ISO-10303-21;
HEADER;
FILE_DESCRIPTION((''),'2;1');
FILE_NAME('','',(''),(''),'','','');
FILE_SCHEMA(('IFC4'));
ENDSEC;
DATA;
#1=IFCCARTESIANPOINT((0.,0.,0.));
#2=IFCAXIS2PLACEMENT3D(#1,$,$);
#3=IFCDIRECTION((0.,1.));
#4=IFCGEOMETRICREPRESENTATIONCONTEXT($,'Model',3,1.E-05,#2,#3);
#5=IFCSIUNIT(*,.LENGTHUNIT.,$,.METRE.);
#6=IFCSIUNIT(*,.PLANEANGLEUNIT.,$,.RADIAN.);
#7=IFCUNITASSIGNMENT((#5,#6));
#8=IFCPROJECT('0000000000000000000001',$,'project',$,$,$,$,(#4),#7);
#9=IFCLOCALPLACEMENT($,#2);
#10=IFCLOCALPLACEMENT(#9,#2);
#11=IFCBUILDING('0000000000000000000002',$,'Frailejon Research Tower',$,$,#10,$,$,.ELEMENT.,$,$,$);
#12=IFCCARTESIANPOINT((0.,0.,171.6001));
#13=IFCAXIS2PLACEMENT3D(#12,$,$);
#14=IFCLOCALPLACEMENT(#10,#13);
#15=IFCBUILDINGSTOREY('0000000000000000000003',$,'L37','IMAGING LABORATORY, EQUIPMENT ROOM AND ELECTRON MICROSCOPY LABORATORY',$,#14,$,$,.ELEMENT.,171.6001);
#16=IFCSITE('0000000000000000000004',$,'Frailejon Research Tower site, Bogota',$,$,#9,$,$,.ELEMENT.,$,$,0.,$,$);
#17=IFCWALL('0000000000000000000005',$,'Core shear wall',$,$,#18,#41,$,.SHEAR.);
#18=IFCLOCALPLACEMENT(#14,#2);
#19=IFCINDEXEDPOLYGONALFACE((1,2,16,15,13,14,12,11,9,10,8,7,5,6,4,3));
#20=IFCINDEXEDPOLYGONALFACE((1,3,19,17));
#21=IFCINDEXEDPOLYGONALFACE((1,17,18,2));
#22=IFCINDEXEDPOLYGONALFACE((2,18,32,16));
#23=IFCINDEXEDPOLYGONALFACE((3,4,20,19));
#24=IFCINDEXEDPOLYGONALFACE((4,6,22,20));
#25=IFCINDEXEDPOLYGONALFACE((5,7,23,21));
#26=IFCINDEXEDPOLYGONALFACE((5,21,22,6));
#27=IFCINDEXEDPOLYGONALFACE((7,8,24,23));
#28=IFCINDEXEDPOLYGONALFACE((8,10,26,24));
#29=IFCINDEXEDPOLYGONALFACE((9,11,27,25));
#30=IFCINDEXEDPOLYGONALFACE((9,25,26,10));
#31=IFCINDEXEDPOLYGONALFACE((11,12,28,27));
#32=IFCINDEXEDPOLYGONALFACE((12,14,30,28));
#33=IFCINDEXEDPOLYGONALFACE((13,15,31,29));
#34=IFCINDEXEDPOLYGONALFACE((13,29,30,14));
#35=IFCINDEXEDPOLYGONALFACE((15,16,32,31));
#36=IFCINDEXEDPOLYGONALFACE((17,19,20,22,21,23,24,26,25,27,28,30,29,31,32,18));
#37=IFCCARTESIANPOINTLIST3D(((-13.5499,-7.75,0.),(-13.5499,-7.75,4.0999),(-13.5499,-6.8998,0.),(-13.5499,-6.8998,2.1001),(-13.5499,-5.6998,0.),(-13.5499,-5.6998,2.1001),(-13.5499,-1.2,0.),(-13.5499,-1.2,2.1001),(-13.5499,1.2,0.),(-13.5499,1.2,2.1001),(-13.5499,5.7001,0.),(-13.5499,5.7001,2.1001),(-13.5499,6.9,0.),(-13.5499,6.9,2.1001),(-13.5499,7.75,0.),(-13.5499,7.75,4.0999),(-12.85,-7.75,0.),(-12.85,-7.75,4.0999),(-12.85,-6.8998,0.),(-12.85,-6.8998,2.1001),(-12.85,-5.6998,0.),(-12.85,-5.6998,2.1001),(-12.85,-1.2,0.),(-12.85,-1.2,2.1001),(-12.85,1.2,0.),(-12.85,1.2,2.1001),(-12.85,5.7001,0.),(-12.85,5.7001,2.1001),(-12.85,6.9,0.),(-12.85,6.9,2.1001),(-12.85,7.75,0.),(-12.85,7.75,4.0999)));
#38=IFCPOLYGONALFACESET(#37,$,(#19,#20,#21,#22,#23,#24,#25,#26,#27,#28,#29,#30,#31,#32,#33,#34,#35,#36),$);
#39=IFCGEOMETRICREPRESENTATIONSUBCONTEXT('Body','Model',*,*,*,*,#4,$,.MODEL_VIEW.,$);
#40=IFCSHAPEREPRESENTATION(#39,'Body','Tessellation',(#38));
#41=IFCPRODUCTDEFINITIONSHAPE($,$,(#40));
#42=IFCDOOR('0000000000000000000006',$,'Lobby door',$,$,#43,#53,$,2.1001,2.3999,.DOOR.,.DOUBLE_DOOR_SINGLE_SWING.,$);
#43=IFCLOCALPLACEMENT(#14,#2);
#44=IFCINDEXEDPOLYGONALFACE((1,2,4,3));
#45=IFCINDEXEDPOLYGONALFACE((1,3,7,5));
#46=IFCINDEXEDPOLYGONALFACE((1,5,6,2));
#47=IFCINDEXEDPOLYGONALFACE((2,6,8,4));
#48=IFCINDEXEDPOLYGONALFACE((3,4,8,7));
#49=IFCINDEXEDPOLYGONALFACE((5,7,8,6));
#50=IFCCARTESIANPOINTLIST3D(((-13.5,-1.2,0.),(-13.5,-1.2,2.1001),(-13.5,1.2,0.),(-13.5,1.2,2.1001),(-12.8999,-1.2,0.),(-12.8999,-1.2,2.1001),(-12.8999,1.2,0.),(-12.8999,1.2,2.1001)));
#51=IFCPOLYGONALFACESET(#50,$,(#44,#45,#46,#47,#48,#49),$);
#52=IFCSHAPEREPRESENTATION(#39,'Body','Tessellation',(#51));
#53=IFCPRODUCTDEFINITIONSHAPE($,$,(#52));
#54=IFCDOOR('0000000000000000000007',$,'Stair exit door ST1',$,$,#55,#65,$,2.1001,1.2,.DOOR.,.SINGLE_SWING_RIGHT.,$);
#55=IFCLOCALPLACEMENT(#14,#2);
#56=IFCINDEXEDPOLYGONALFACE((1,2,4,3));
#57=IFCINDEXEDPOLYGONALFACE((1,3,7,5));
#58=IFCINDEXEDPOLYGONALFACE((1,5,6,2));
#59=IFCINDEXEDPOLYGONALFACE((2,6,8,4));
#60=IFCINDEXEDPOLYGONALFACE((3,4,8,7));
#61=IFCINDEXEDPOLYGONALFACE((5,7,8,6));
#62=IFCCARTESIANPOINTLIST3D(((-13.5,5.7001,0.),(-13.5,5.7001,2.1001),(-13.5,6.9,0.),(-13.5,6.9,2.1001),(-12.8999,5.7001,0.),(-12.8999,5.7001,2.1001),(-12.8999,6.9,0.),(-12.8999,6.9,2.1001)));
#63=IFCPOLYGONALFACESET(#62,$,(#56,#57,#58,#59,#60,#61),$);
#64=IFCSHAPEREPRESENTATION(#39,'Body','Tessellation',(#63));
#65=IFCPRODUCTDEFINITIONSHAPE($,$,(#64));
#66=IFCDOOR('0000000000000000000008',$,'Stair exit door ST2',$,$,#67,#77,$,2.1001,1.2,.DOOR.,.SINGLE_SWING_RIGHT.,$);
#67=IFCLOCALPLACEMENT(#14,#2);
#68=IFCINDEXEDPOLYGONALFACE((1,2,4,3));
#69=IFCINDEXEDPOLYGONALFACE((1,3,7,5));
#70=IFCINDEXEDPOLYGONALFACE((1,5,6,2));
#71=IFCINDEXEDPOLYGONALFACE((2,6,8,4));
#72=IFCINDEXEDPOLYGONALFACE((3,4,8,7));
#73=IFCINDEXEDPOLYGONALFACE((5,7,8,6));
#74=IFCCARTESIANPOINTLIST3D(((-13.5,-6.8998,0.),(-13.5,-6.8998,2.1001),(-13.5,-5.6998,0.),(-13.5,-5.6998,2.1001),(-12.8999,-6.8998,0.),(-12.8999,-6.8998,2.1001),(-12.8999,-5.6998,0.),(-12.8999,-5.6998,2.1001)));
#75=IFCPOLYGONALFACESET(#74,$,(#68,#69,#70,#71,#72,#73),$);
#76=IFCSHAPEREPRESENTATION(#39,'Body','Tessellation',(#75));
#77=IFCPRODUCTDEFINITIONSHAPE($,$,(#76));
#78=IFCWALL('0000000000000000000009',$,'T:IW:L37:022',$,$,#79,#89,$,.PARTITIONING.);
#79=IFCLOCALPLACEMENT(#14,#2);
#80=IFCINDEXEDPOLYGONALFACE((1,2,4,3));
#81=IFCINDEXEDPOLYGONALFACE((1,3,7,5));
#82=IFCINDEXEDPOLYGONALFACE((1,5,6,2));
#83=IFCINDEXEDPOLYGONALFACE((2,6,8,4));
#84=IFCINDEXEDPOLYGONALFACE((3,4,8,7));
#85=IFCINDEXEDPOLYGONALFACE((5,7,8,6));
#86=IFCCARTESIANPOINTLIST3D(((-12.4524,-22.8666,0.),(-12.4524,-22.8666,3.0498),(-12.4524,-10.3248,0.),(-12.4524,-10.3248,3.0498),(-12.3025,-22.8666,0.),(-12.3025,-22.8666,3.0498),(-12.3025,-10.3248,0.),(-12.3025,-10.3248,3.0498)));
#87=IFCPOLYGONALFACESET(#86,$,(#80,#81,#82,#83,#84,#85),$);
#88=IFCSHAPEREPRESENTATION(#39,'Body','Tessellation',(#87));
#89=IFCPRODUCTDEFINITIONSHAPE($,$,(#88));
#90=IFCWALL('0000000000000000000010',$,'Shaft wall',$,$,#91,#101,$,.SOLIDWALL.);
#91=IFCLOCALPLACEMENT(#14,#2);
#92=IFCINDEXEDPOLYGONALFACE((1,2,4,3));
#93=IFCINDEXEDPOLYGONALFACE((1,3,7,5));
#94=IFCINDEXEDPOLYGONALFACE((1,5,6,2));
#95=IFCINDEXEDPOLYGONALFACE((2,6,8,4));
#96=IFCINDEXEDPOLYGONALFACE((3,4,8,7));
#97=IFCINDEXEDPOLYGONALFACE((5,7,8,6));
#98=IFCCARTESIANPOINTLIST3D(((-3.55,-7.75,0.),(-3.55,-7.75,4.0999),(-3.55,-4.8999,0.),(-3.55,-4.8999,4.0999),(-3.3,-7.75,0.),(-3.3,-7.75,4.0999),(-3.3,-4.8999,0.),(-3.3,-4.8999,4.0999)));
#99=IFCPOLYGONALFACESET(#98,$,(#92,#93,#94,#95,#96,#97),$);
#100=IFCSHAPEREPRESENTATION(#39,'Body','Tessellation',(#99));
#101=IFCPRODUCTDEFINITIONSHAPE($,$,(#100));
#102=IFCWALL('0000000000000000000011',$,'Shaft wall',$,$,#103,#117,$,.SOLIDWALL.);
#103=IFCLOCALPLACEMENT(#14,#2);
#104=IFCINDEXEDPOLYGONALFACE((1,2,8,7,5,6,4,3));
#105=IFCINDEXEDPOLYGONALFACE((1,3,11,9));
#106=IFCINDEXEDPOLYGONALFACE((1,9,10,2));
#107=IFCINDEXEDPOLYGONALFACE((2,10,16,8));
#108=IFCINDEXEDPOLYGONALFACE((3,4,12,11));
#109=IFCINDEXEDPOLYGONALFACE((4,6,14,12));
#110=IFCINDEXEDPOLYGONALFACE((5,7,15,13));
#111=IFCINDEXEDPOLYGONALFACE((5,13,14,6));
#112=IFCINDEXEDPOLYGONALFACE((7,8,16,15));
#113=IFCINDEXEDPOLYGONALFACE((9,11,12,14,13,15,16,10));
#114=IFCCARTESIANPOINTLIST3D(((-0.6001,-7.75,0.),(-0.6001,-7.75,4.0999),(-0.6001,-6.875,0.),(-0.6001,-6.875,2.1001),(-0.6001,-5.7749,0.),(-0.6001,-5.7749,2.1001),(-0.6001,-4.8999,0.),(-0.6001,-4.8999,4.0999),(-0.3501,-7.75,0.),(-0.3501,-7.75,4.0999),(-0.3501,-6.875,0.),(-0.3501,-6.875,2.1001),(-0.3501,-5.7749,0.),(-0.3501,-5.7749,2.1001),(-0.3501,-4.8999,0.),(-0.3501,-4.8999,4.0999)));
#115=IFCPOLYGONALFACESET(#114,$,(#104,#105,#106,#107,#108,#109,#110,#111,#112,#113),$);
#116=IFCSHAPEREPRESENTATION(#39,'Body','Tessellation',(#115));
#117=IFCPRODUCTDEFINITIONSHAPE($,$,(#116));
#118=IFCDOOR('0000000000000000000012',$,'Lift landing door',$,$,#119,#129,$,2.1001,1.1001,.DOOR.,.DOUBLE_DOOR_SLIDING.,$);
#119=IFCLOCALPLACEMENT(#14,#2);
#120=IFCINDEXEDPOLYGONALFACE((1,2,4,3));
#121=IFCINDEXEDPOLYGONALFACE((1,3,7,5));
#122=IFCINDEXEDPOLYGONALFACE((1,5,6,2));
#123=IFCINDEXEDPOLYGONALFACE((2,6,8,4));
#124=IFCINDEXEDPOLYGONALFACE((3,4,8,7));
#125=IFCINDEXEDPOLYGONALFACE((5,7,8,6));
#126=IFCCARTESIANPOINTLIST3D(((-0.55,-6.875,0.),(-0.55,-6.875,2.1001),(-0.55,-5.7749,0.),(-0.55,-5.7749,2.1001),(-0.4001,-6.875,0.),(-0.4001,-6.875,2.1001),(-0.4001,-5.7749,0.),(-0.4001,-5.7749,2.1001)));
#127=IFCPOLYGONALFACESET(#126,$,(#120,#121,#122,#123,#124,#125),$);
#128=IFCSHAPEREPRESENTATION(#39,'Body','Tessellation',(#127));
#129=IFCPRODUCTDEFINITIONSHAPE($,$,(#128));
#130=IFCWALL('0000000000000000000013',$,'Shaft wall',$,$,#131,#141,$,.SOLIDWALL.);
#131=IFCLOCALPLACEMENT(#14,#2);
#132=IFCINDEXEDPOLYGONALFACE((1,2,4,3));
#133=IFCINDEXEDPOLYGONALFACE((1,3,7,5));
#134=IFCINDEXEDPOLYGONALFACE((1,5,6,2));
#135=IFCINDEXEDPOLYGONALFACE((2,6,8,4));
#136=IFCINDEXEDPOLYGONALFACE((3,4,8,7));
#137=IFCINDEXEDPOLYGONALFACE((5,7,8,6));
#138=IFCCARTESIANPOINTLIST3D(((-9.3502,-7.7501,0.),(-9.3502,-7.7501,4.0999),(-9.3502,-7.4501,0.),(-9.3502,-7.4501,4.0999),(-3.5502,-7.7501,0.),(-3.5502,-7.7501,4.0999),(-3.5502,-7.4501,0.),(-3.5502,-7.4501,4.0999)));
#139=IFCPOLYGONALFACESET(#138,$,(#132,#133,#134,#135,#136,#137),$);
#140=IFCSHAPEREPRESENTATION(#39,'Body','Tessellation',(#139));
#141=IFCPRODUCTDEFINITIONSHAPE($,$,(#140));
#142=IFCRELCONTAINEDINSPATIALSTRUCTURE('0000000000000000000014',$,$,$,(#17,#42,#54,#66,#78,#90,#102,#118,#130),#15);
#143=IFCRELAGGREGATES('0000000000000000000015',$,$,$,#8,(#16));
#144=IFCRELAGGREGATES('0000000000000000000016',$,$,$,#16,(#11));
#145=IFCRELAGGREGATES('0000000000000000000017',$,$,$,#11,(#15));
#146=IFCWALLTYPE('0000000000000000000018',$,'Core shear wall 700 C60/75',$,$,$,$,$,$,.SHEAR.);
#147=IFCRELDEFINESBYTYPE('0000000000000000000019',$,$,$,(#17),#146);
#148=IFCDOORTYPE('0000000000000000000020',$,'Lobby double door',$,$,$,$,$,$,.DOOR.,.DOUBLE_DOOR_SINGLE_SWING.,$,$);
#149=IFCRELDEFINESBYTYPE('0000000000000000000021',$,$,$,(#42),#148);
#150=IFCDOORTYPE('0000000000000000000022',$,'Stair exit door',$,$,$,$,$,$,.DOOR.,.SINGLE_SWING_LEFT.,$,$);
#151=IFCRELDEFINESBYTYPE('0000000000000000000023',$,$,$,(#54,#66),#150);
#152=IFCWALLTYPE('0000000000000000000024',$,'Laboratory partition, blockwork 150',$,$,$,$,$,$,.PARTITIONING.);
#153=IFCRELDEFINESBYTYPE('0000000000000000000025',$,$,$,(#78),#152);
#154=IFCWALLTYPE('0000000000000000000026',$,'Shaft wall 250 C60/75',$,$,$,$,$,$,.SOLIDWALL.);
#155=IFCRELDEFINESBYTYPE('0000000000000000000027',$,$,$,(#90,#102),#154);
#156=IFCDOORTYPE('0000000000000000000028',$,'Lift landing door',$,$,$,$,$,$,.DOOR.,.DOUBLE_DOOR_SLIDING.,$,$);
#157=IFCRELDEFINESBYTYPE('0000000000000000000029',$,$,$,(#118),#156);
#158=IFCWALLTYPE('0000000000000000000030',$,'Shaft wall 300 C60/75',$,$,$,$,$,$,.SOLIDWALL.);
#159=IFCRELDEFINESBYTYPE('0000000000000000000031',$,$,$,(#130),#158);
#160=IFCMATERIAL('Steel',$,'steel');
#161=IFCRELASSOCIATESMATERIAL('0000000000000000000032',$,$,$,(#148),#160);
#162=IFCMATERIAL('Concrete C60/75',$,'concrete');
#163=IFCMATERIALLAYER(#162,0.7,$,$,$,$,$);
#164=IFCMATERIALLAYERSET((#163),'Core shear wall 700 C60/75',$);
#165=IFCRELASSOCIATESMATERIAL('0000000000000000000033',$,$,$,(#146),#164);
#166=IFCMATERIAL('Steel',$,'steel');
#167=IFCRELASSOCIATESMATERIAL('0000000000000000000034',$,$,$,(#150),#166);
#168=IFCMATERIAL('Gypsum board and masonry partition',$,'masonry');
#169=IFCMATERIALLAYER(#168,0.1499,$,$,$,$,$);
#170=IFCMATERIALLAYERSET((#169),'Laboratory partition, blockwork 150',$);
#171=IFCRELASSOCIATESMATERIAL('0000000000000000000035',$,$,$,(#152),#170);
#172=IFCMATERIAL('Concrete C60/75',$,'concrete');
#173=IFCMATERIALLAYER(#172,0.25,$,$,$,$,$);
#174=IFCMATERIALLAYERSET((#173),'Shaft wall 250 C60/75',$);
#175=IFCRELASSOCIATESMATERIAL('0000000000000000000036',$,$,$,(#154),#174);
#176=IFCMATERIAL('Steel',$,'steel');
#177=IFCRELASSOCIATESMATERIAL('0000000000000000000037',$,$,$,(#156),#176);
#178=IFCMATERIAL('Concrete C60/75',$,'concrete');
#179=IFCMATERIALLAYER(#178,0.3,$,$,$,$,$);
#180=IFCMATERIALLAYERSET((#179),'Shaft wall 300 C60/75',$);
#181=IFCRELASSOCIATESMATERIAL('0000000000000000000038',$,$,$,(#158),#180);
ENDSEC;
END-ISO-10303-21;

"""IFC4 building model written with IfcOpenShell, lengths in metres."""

from ifc_helpers import new_model, si_unit, direction, frame, frame_2d, origin, place, context, subcontext, project, spatial, rectangle, extrude, material, layer, layer_set, type_object, element, fill, save


model = new_model("IFC4")

# Units and contexts
model_context = context("Model", 3, precision=1e-05, world=origin(), true_north=direction((0.0, 1.0)))
body_context = subcontext(model_context, "Body", "Model", "MODEL_VIEW")
ifc_project = project(units=[si_unit("LENGTHUNIT", "METRE"), si_unit("PLANEANGLEUNIT", "RADIAN")], contexts=[model_context])

# Site, building, storey
site_placement = place(None, origin())
site = spatial("IfcSite", under=ifc_project, at=site_placement, Name="Frailejon Research Tower site, Bogota", CompositionType="ELEMENT", RefElevation=0.0)
building_placement = place(site_placement, origin())
building = spatial("IfcBuilding", under=site, at=building_placement, Name="Frailejon Research Tower", CompositionType="ELEMENT")
storey_placement = place(building_placement, frame((0.0, 0.0, 171.6001)))
storey = spatial("IfcBuildingStorey", under=building, at=storey_placement, Name="L37", Description="IMAGING LABORATORY, EQUIPMENT ROOM AND ELECTRON MICROSCOPY LABORATORY", CompositionType="ELEMENT", Elevation=171.6001)

# Shared definitions
ifc_material_1 = material(Name="Steel", Category="steel")
door_type_1 = type_object("IfcDoorType", Name="Lobby double door", OperationType="DOUBLE_DOOR_SINGLE_SWING", PredefinedType="DOOR", material=ifc_material_1)

# Shared definitions
ifc_material_2 = material(Name="Concrete C60/75", Category="concrete")
ifc_layer_1 = layer(ifc_material_2, 0.7)
ifc_layer_set_1 = layer_set([ifc_layer_1], Name="Core shear wall 700 C60/75")
wall_type_1 = type_object("IfcWallType", Name="Core shear wall 700 C60/75", PredefinedType="SHEAR", material=ifc_layer_set_1)

# Wall, openings, doors
wall_1_placement = place(storey_placement, frame((-13.2, -7.75, 0.0), z_axis=(0.0, 0.0, 1.0), x_axis=(0.0, 1.0, 0.0)))
wall_1 = element("IfcWall", 1, at=wall_1_placement, inside=storey, type_object=wall_type_1, Name="Core shear wall", PredefinedType="SHEAR", context=body_context, shape_type="SweptSolid", body=[
    extrude(rectangle(XDim=15.5, YDim=0.7, at=frame_2d((7.75, 0.0))), origin(), (0.0, 0.0, 1.0), 4.0999),
])
opening_1_placement = place(wall_1_placement, frame((6.55, 0.0, 0.0)))
opening_1 = element("IfcOpeningElement", 2, at=opening_1_placement, cuts=wall_1, PredefinedType="OPENING", context=body_context, shape_type="SweptSolid", body=[
    extrude(rectangle(XDim=2.3999, YDim=2.1001, at=frame_2d((1.2, 1.05))), frame((0.0, 0.3599, 0.0), z_axis=(0.0, -1.0, 0.0), x_axis=(1.0, 0.0, 0.0)), (0.0, 0.0, 1.0), 0.72),
])
opening_2_placement = place(wall_1_placement, frame((13.45, 0.0, 0.0)))
opening_2 = element("IfcOpeningElement", 3, at=opening_2_placement, cuts=wall_1, PredefinedType="OPENING", context=body_context, shape_type="SweptSolid", body=[
    extrude(rectangle(XDim=1.2, YDim=2.1001, at=frame_2d((0.6001, 1.05))), frame((0.0, 0.3599, 0.0), z_axis=(0.0, -1.0, 0.0), x_axis=(1.0, 0.0, 0.0)), (0.0, 0.0, 1.0), 0.72),
])
opening_3_placement = place(wall_1_placement, frame((0.8501, 0.0, 0.0)))
opening_3 = element("IfcOpeningElement", 4, at=opening_3_placement, cuts=wall_1, PredefinedType="OPENING", context=body_context, shape_type="SweptSolid", body=[
    extrude(rectangle(XDim=1.2, YDim=2.1001, at=frame_2d((0.6001, 1.05))), frame((0.0, 0.3599, 0.0), z_axis=(0.0, -1.0, 0.0), x_axis=(1.0, 0.0, 0.0)), (0.0, 0.0, 1.0), 0.72),
])
door_1_placement = place(opening_1_placement, origin())
door_1 = element("IfcDoor", 5, at=door_1_placement, inside=storey, type_object=door_type_1, Name="Lobby door", OperationType="DOUBLE_DOOR_SINGLE_SWING", OverallHeight=2.1001, OverallWidth=2.3999, PredefinedType="DOOR", context=body_context, shape_type="SweptSolid", body=[
    extrude(rectangle(XDim=2.3999, YDim=2.1001, at=frame_2d((1.2, 1.05))), frame((0.0, 0.3, 0.0), z_axis=(0.0, -1.0, 0.0), x_axis=(1.0, 0.0, 0.0)), (0.0, 0.0, 1.0), 0.6001),
])
fill(opening_1, door_1)
ifc_material_3 = material(Name="Steel", Category="steel")
door_type_2 = type_object("IfcDoorType", Name="Stair exit door", OperationType="SINGLE_SWING_LEFT", PredefinedType="DOOR", material=ifc_material_3)
door_2_placement = place(opening_2_placement, origin())
door_2 = element("IfcDoor", 6, at=door_2_placement, inside=storey, type_object=door_type_2, Name="Stair exit door ST1", OperationType="SINGLE_SWING_RIGHT", OverallHeight=2.1001, OverallWidth=1.2, PredefinedType="DOOR", context=body_context, shape_type="SweptSolid", body=[
    extrude(rectangle(XDim=1.2, YDim=2.1001, at=frame_2d((0.6001, 1.05))), frame((0.0, 0.3, 0.0), z_axis=(0.0, -1.0, 0.0), x_axis=(1.0, 0.0, 0.0)), (0.0, 0.0, 1.0), 0.6001),
])
fill(opening_2, door_2)
door_3_placement = place(opening_3_placement, origin())
door_3 = element("IfcDoor", 7, at=door_3_placement, inside=storey, type_object=door_type_2, Name="Stair exit door ST2", OperationType="SINGLE_SWING_RIGHT", OverallHeight=2.1001, OverallWidth=1.2, PredefinedType="DOOR", context=body_context, shape_type="SweptSolid", body=[
    extrude(rectangle(XDim=1.2, YDim=2.1001, at=frame_2d((0.6001, 1.05))), frame((0.0, 0.3, 0.0), z_axis=(0.0, -1.0, 0.0), x_axis=(1.0, 0.0, 0.0)), (0.0, 0.0, 1.0), 0.6001),
])
fill(opening_3, door_3)

# Walls
ifc_material_4 = material(Name="Gypsum board and masonry partition", Category="masonry")
ifc_layer_2 = layer(ifc_material_4, 0.1499)
ifc_layer_set_2 = layer_set([ifc_layer_2], Name="Laboratory partition, blockwork 150")
wall_type_2 = type_object("IfcWallType", Name="Laboratory partition, blockwork 150", PredefinedType="PARTITIONING", material=ifc_layer_set_2)
wall_2_placement = place(storey_placement, frame((-12.3774, -22.8667, 0.0), z_axis=(0.0, 0.0, 1.0), x_axis=(0.0, 1.0, 0.0)))
element("IfcWall", 8, at=wall_2_placement, inside=storey, type_object=wall_type_2, Name="T:IW:L37:022", PredefinedType="PARTITIONING", context=body_context, shape_type="SweptSolid", body=[
    extrude(rectangle(XDim=12.5417, YDim=0.1499, at=frame_2d((6.271, 0.0))), origin(), (0.0, 0.0, 1.0), 3.0498),
])
ifc_material_5 = material(Name="Concrete C60/75", Category="concrete")
ifc_layer_3 = layer(ifc_material_5, 0.25)
ifc_layer_set_3 = layer_set([ifc_layer_3], Name="Shaft wall 250 C60/75")
wall_type_3 = type_object("IfcWallType", Name="Shaft wall 250 C60/75", PredefinedType="SOLIDWALL", material=ifc_layer_set_3)
wall_3_placement = place(storey_placement, frame((-3.425, -7.75, 0.0), z_axis=(0.0, 0.0, 1.0), x_axis=(0.0, 1.0, 0.0)))
element("IfcWall", 9, at=wall_3_placement, inside=storey, type_object=wall_type_3, Name="Shaft wall", PredefinedType="SOLIDWALL", context=body_context, shape_type="SweptSolid", body=[
    extrude(rectangle(XDim=2.8501, YDim=0.25, at=frame_2d((1.425, 0.0))), origin(), (0.0, 0.0, 1.0), 4.0999),
])

# Wall, opening, door
wall_4_placement = place(storey_placement, frame((-0.4751, -7.75, 0.0), z_axis=(0.0, 0.0, 1.0), x_axis=(0.0, 1.0, 0.0)))
wall_4 = element("IfcWall", 10, at=wall_4_placement, inside=storey, type_object=wall_type_3, Name="Shaft wall", PredefinedType="SOLIDWALL", context=body_context, shape_type="SweptSolid", body=[
    extrude(rectangle(XDim=2.8501, YDim=0.25, at=frame_2d((1.425, 0.0))), origin(), (0.0, 0.0, 1.0), 4.0999),
])
opening_4_placement = place(wall_4_placement, frame((0.875, 0.0, 0.0)))
opening_4 = element("IfcOpeningElement", 11, at=opening_4_placement, cuts=wall_4, PredefinedType="OPENING", context=body_context, shape_type="SweptSolid", body=[
    extrude(rectangle(XDim=1.1001, YDim=2.1001, at=frame_2d((0.55, 1.05))), frame((0.0, 0.135, 0.0), z_axis=(0.0, -1.0, 0.0), x_axis=(1.0, 0.0, 0.0)), (0.0, 0.0, 1.0), 0.27),
])
ifc_material_6 = material(Name="Steel", Category="steel")
door_type_3 = type_object("IfcDoorType", Name="Lift landing door", OperationType="DOUBLE_DOOR_SLIDING", PredefinedType="DOOR", material=ifc_material_6)
door_4_placement = place(opening_4_placement, origin())
door_4 = element("IfcDoor", 12, at=door_4_placement, inside=storey, type_object=door_type_3, Name="Lift landing door", OperationType="DOUBLE_DOOR_SLIDING", OverallHeight=2.1001, OverallWidth=1.1001, PredefinedType="DOOR", context=body_context, shape_type="SweptSolid", body=[
    extrude(rectangle(XDim=1.1001, YDim=2.1001, at=frame_2d((0.55, 1.05))), frame((0.0, 0.075, 0.0), z_axis=(0.0, -1.0, 0.0), x_axis=(1.0, 0.0, 0.0)), (0.0, 0.0, 1.0), 0.1499),
])
fill(opening_4, door_4)

# Wall
ifc_material_7 = material(Name="Concrete C60/75", Category="concrete")
ifc_layer_4 = layer(ifc_material_7, 0.3)
ifc_layer_set_4 = layer_set([ifc_layer_4], Name="Shaft wall 300 C60/75")
wall_type_4 = type_object("IfcWallType", Name="Shaft wall 300 C60/75", PredefinedType="SOLIDWALL", material=ifc_layer_set_4)
wall_5_placement = place(storey_placement, frame((-9.3501, -7.6001, 0.0), z_axis=(0.0, 0.0, 1.0), x_axis=(1.0, 0.0, 0.0)))
element("IfcWall", 13, at=wall_5_placement, inside=storey, type_object=wall_type_4, Name="Shaft wall", PredefinedType="SOLIDWALL", context=body_context, shape_type="SweptSolid", body=[
    extrude(rectangle(XDim=5.8, YDim=0.3, at=frame_2d((2.8999, 0.0))), origin(), (0.0, 0.0, 1.0), 4.0999),
])

save(model, "model.ifc")
